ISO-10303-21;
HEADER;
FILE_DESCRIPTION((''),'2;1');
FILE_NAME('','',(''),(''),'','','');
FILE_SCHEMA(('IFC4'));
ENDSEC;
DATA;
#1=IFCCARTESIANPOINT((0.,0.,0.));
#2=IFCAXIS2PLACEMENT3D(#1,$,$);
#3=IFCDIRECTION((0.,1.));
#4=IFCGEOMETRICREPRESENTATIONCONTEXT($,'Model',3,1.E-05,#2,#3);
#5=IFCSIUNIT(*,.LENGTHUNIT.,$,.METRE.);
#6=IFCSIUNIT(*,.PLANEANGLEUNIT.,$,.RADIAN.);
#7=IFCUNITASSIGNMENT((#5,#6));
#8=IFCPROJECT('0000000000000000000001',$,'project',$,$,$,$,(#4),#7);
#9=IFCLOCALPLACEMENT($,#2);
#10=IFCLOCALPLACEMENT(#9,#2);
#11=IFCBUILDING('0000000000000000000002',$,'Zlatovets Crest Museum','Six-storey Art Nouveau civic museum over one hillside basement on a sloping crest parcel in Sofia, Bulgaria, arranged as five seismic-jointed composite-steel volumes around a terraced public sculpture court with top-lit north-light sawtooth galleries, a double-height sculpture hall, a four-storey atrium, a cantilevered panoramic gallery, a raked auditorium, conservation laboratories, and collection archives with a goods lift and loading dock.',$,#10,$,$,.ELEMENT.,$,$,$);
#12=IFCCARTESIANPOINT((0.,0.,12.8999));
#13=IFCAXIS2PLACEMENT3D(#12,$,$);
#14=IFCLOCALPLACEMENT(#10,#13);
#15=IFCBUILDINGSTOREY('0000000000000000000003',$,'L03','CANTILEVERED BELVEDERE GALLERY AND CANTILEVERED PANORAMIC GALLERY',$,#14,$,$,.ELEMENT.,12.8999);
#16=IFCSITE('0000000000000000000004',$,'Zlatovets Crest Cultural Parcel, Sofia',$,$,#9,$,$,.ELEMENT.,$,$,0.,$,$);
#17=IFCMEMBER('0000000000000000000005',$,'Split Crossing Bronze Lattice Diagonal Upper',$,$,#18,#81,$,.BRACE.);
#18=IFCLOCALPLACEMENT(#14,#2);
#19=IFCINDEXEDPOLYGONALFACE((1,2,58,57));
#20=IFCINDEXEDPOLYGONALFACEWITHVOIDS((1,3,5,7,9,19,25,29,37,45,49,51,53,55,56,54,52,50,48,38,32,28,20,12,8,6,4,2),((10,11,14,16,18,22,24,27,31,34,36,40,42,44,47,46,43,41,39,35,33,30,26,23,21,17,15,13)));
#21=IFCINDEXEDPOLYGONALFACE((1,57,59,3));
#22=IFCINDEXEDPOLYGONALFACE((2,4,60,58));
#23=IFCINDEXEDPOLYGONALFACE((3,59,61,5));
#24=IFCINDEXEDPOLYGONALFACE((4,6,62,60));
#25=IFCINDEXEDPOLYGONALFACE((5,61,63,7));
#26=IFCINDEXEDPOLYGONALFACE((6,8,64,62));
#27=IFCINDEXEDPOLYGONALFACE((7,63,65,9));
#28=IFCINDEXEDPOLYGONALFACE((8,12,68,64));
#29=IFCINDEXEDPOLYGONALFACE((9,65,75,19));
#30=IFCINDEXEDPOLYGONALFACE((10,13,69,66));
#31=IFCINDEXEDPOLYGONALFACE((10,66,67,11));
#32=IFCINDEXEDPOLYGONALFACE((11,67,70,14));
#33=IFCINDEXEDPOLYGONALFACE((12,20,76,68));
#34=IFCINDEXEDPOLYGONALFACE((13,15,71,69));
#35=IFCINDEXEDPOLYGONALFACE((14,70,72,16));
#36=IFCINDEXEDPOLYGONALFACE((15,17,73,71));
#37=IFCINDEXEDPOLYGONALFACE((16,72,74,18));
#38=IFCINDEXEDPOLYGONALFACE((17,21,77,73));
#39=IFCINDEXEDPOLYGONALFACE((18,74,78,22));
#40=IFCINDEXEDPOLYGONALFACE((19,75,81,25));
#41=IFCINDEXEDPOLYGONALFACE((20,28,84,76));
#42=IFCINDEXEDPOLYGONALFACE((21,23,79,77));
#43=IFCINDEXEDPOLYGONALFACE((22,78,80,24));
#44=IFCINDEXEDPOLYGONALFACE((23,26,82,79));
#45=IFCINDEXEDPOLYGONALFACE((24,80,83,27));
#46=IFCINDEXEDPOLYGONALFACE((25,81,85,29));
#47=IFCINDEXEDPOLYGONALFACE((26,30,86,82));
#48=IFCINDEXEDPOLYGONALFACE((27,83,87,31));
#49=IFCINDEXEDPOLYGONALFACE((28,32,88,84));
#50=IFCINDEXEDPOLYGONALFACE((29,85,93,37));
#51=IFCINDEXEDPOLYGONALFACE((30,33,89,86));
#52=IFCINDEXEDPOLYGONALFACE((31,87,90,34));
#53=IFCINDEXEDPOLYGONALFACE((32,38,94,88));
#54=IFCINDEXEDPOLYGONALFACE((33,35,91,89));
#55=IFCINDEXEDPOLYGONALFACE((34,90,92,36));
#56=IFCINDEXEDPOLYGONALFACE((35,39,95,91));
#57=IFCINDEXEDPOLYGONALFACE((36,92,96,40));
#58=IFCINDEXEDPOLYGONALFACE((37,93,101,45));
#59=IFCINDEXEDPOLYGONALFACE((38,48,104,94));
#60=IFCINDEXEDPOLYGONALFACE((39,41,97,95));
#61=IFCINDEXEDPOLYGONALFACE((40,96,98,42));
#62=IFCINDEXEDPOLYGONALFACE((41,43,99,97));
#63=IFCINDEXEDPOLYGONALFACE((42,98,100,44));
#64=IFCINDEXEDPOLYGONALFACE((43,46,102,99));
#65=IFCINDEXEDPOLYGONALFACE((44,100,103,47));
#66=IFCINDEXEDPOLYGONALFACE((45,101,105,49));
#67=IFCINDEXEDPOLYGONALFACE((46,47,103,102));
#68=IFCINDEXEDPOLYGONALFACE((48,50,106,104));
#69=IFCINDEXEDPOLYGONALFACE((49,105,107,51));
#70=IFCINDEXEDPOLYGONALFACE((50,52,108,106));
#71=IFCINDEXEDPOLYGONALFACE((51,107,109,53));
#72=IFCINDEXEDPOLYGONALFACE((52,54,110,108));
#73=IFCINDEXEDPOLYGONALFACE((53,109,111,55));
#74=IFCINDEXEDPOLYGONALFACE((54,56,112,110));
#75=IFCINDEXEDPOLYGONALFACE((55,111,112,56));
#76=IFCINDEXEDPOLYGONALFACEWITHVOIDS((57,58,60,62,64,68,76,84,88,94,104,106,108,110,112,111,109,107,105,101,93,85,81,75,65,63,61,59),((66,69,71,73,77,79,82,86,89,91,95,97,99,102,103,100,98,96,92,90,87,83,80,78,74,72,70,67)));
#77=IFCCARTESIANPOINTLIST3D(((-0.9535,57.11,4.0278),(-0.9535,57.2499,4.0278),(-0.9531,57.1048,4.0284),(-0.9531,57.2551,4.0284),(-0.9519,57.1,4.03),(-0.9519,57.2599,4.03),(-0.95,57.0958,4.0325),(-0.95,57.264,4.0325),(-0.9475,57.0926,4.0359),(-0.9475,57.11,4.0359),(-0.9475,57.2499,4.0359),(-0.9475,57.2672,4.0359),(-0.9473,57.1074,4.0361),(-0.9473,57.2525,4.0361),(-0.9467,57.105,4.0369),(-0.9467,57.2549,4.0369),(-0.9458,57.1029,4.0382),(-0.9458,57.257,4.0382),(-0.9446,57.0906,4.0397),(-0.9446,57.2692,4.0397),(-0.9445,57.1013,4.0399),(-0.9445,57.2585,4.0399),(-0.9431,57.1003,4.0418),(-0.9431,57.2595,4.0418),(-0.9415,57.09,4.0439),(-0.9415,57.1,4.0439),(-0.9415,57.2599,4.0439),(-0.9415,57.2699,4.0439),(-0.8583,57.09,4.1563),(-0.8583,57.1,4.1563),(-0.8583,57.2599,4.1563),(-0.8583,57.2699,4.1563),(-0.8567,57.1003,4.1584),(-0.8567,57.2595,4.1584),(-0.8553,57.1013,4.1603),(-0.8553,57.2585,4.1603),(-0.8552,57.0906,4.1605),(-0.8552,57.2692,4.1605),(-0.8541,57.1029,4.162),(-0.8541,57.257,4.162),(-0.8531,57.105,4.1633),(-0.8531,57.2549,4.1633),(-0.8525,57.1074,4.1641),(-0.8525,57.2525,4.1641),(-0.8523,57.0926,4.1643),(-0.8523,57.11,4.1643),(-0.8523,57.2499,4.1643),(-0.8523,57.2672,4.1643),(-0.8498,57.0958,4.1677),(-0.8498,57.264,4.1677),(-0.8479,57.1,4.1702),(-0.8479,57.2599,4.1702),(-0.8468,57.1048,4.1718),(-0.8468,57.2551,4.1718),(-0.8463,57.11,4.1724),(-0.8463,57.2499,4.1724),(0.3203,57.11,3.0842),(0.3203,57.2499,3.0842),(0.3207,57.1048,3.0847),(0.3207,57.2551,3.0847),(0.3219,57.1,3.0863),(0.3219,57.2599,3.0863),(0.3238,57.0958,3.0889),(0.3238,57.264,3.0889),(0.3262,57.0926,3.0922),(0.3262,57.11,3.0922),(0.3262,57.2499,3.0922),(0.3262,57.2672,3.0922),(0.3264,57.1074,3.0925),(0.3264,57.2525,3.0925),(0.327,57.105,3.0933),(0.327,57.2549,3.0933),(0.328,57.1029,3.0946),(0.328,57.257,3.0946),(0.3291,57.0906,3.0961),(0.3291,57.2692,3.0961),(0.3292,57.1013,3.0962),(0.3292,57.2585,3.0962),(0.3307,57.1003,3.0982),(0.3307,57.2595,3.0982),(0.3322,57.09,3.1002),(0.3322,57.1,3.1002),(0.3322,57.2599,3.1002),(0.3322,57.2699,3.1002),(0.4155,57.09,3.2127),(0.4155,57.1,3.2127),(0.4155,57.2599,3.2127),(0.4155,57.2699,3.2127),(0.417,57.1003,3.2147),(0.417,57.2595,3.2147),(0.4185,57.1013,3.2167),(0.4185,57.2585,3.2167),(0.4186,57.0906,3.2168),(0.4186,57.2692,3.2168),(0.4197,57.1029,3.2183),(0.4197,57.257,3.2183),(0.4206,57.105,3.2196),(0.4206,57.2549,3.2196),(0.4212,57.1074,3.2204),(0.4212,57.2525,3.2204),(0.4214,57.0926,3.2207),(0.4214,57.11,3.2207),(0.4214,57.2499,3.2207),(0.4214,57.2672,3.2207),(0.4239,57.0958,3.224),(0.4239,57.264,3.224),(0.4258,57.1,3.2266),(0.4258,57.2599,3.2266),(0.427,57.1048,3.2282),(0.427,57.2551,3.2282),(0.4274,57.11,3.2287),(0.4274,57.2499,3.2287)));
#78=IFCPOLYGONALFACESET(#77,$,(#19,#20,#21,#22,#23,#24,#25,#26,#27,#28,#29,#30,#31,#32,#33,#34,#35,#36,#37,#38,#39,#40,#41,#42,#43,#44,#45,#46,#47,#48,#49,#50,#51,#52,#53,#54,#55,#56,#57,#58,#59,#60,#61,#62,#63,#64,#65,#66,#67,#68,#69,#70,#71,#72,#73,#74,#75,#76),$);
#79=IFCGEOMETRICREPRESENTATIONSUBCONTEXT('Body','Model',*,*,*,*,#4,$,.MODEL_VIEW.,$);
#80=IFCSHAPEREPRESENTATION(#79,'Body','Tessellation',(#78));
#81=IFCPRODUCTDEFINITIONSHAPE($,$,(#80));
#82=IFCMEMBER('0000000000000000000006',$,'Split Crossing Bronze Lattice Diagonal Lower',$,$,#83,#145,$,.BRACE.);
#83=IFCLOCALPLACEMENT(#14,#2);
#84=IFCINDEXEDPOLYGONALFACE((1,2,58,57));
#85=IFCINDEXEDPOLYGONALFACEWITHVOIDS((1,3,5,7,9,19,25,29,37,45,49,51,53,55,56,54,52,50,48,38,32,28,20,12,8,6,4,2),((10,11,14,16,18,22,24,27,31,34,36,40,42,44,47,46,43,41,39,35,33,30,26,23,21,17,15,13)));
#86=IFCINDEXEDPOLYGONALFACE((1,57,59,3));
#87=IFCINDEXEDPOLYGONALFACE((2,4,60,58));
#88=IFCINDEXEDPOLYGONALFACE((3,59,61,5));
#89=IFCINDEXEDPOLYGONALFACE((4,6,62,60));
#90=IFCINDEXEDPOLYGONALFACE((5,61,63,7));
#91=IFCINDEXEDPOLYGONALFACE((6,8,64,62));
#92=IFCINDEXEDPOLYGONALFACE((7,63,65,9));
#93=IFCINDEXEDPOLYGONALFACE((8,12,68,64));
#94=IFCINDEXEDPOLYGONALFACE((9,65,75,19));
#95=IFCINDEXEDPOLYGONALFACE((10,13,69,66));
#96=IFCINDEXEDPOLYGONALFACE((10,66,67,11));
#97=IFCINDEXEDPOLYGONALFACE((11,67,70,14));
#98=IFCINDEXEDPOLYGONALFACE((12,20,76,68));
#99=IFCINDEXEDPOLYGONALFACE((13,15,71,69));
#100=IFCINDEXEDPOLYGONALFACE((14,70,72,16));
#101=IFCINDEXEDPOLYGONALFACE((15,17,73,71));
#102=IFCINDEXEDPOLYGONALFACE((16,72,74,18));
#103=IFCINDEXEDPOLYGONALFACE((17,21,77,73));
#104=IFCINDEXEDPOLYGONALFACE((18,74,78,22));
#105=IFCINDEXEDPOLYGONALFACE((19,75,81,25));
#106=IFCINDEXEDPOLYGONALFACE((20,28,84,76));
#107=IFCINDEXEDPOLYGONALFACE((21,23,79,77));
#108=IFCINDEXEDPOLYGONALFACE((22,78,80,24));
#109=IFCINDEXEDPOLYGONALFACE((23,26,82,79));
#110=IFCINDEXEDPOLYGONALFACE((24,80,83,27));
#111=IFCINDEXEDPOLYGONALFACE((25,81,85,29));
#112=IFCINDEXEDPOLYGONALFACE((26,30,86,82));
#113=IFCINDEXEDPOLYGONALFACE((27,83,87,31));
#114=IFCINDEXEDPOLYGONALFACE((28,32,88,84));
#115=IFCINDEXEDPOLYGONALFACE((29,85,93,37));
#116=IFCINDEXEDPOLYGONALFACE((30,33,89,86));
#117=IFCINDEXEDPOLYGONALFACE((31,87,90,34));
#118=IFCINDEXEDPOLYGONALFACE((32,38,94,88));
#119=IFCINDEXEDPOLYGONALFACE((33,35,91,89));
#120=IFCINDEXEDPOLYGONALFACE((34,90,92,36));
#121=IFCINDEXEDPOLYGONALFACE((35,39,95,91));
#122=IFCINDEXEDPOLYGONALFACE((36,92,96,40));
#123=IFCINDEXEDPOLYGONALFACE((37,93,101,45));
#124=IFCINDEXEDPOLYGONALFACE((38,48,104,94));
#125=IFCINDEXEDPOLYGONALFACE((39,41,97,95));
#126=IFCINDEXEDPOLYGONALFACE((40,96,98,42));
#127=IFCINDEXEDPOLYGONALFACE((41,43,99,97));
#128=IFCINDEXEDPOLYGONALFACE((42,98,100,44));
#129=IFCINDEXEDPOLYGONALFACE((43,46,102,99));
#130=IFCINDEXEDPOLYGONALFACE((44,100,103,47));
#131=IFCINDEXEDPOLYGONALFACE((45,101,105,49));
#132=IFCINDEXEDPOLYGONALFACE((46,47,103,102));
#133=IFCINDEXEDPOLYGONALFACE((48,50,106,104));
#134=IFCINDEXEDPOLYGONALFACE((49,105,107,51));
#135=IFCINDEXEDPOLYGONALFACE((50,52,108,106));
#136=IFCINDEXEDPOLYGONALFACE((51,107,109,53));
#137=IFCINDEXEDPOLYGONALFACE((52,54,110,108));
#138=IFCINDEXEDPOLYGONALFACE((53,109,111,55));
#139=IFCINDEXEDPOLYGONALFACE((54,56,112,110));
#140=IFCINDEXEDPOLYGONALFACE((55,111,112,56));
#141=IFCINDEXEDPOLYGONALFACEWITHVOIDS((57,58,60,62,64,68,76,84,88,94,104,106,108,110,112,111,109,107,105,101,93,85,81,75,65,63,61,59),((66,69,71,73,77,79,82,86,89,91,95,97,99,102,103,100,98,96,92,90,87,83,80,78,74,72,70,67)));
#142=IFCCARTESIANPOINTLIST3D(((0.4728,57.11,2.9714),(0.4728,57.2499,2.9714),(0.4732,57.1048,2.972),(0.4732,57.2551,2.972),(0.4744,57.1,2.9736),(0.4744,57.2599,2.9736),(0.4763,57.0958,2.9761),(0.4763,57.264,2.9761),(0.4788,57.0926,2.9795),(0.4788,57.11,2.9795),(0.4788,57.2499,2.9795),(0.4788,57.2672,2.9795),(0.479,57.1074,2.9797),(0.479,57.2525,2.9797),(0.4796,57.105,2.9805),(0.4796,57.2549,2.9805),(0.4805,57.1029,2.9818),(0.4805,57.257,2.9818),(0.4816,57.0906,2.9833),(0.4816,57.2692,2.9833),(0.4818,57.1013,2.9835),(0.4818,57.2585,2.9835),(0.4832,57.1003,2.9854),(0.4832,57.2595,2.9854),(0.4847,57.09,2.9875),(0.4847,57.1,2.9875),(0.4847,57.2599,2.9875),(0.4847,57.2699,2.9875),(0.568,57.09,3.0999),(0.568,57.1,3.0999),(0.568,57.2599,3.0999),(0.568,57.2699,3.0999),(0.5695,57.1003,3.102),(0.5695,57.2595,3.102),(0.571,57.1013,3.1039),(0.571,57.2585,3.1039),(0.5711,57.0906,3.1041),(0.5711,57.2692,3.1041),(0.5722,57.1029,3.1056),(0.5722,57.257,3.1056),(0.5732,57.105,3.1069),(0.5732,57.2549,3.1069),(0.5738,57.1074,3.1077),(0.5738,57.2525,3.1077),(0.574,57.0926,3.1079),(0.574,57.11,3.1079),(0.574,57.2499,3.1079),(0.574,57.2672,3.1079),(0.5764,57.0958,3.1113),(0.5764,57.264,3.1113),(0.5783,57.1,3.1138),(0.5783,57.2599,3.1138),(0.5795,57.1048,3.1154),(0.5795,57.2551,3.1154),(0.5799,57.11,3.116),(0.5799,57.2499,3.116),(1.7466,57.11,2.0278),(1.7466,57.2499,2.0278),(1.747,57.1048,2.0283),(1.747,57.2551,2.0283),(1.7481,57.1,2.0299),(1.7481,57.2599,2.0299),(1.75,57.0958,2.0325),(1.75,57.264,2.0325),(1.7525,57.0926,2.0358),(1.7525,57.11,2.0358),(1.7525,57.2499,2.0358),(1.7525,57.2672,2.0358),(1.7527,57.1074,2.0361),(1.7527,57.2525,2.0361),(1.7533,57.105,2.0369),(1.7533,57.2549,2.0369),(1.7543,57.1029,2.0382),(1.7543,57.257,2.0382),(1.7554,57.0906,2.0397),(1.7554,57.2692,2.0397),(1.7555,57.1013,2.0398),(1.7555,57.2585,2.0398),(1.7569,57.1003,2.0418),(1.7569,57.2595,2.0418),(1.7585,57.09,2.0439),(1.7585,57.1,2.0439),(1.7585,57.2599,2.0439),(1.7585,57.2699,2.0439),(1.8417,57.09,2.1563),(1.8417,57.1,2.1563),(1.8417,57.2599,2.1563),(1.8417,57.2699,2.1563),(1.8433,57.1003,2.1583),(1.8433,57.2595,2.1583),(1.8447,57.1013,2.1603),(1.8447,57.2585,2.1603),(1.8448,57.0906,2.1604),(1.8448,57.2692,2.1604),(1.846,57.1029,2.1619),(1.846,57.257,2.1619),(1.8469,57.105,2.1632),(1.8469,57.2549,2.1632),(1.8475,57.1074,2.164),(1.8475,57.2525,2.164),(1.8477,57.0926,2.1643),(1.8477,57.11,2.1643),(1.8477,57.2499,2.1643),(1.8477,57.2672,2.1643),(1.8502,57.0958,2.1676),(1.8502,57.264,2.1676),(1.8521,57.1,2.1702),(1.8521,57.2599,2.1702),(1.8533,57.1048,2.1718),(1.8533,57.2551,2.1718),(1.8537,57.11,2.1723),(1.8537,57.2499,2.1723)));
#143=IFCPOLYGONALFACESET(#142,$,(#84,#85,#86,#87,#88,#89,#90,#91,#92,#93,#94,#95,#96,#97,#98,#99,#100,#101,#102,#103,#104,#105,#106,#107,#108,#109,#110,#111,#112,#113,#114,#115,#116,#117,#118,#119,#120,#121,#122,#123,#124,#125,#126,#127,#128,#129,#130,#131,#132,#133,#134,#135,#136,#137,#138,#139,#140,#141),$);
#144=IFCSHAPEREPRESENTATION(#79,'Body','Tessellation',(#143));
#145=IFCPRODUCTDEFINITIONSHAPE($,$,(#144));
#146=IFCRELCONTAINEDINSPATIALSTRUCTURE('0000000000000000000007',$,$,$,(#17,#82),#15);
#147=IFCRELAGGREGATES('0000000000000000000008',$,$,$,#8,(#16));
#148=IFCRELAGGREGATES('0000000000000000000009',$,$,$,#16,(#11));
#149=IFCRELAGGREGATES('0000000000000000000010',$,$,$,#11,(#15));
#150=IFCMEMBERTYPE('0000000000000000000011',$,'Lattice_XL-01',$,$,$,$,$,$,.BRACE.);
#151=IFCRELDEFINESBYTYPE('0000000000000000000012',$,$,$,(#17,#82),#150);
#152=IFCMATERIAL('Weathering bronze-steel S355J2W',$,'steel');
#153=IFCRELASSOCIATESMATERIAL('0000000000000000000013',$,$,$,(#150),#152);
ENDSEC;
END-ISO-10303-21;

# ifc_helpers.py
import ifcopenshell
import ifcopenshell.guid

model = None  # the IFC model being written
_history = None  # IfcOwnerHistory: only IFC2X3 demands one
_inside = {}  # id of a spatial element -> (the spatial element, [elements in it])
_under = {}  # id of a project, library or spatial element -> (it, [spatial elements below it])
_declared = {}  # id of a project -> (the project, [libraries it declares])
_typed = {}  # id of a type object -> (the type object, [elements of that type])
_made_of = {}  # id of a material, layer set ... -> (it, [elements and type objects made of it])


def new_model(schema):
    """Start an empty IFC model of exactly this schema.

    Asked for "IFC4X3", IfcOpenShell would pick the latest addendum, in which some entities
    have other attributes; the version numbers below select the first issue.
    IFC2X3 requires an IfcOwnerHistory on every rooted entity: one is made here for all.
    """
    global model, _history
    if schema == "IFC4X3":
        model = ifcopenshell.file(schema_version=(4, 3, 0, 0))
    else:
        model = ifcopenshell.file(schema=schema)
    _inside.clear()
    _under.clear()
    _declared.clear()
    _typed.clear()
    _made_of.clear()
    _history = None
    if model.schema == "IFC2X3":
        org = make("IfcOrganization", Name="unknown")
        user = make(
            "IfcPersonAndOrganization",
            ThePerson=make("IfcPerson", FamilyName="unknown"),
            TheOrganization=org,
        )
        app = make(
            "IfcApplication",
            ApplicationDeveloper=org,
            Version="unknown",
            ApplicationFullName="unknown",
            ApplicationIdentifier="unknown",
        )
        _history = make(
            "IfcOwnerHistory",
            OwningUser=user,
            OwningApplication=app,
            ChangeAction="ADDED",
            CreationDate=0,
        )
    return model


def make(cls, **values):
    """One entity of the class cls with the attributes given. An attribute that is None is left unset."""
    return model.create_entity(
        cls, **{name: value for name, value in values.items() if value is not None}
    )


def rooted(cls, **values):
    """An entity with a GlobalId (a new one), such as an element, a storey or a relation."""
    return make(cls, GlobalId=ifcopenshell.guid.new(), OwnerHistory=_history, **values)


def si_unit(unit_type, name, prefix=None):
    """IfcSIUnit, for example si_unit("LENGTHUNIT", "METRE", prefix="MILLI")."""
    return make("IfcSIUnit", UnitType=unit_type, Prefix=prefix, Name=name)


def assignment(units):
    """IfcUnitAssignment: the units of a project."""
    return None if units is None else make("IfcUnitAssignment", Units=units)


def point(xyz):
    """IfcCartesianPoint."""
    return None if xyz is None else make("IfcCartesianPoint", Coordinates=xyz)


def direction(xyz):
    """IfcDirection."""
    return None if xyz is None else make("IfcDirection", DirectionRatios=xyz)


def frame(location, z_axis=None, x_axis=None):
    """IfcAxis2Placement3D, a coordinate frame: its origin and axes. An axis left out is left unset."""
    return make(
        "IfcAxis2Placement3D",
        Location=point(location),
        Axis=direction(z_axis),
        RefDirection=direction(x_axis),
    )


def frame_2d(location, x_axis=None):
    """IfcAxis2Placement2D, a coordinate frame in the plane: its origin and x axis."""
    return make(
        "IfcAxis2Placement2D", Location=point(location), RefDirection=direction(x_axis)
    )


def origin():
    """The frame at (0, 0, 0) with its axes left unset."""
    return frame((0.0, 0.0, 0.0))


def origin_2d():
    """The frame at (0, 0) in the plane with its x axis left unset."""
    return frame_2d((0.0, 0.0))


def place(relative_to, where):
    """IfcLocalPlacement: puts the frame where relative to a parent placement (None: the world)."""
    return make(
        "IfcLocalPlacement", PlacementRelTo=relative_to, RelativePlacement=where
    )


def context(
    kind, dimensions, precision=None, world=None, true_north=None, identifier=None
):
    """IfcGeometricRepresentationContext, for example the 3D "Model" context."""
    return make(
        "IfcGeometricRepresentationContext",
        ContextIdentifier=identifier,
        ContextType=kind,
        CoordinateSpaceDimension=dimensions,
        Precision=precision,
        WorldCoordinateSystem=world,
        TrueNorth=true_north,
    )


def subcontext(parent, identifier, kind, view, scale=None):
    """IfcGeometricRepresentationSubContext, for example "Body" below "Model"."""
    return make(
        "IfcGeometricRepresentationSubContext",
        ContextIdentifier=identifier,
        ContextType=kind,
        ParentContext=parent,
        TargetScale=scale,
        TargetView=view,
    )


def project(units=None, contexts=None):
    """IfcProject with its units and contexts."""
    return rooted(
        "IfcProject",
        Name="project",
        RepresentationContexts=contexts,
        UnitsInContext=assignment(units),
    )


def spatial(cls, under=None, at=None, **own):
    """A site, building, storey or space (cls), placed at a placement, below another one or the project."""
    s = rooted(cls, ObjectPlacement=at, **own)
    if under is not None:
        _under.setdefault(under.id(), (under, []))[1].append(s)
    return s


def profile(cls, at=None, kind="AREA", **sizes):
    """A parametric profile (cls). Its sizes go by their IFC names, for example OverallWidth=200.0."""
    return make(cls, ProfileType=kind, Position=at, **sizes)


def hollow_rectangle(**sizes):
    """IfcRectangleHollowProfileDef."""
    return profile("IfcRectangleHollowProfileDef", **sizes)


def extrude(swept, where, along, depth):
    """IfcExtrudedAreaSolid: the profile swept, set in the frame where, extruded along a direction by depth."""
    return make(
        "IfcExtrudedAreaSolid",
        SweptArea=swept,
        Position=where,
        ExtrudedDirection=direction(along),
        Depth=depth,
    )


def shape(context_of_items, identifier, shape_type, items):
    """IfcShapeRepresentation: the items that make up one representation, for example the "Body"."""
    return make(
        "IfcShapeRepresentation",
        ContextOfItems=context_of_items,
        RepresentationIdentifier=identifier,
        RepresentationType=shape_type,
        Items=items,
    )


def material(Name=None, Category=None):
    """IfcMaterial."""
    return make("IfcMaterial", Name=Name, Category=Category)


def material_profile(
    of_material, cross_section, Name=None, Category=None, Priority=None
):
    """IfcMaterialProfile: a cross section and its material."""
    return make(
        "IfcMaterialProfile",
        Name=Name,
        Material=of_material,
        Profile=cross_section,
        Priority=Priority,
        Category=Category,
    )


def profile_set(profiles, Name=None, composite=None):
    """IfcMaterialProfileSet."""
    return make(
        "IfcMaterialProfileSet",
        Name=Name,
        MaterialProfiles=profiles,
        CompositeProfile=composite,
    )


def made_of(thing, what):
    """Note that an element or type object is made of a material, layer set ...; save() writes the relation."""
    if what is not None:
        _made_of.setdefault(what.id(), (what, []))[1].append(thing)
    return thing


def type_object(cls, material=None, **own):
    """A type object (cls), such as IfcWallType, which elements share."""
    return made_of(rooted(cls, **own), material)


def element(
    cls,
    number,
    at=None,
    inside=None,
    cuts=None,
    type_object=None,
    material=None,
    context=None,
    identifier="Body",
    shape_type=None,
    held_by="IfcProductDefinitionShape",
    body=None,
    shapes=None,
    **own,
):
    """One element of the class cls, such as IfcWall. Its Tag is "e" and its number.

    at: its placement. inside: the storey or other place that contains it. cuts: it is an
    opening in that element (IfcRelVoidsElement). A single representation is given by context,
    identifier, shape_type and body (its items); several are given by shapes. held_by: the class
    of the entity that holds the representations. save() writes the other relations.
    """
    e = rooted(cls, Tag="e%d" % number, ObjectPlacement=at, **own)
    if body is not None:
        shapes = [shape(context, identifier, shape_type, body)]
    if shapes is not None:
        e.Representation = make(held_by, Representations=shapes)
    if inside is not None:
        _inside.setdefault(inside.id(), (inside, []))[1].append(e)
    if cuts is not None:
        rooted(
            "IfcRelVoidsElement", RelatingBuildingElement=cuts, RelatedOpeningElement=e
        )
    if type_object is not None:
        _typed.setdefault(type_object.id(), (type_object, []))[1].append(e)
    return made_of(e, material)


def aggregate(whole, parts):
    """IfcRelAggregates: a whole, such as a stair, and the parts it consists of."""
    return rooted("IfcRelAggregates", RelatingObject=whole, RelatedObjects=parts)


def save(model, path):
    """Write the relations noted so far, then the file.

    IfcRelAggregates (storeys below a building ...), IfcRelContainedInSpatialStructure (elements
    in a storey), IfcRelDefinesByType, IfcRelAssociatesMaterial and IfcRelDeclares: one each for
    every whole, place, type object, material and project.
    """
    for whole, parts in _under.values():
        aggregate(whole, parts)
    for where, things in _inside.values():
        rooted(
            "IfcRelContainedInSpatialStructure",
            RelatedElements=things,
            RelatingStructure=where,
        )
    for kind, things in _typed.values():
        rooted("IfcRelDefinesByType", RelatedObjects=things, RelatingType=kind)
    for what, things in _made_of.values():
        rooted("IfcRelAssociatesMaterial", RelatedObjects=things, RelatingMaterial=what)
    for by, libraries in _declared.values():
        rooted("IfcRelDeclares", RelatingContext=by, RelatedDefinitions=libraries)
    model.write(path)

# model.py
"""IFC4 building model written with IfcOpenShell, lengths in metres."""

from ifc_helpers import new_model, si_unit, direction, frame, origin, origin_2d, place, context, subcontext, project, spatial, hollow_rectangle, extrude, material, material_profile, profile_set, type_object, element, save


model = new_model("IFC4")

# Units and contexts
model_context = context("Model", 3, precision=1e-05, world=origin(), true_north=direction((0.0, 1.0)))
body_context = subcontext(model_context, "Body", "Model", "MODEL_VIEW")
ifc_project = project(units=[si_unit("LENGTHUNIT", "METRE"), si_unit("PLANEANGLEUNIT", "RADIAN")], contexts=[model_context])

# Site, building, storey
site_placement = place(None, origin())
site = spatial("IfcSite", under=ifc_project, at=site_placement, Name="Zlatovets Crest Cultural Parcel, Sofia", CompositionType="ELEMENT", RefElevation=0.0)
building_placement = place(site_placement, origin())
building = spatial("IfcBuilding", under=site, at=building_placement, Name="Zlatovets Crest Museum", Description="Six-storey Art Nouveau civic museum over one hillside basement on a sloping crest parcel in Sofia, Bulgaria, arranged as five seismic-jointed composite-steel volumes around a terraced public sculpture court with top-lit north-light sawtooth galleries, a double-height sculpture hall, a four-storey atrium, a cantilevered panoramic gallery, a raked auditorium, conservation laboratories, and collection archives with a goods lift and loading dock.", CompositionType="ELEMENT")
storey_placement = place(building_placement, frame((0.0, 0.0, 12.8999)))
storey = spatial("IfcBuildingStorey", under=building, at=storey_placement, Name="L03", Description="CANTILEVERED BELVEDERE GALLERY AND CANTILEVERED PANORAMIC GALLERY", CompositionType="ELEMENT", Elevation=12.8999)

# Members
ifc_material_1 = material(Name="Weathering bronze-steel S355J2W", Category="steel")
ifc_material_profile_1 = material_profile(ifc_material_1, hollow_rectangle(XDim=0.1799, YDim=0.1799, WallThickness=0.01, InnerFilletRadius=0.01, OuterFilletRadius=0.02, at=origin_2d()), Name="SHS 180x180x10.0")
ifc_profile_set_1 = profile_set([ifc_material_profile_1], Name="Weathering bronze-steel S355J2W")
member_type_1 = type_object("IfcMemberType", Name="Lattice_XL-01", PredefinedType="BRACE", material=ifc_profile_set_1)
for number, where, z_axis, x_axis, name in (
    (1, (-0.8999, 57.1799, 4.1001), (0.803516, 0.0, -0.595283), (0.0, 1.0, 0.0), "Split Crossing Bronze Lattice Diagonal Upper"),
    (2, (0.5264, 57.1799, 3.0437), (0.803516, 0.0, -0.595283), (0.0, 1.0, 0.0), "Split Crossing Bronze Lattice Diagonal Lower"),
):
    element("IfcMember", number, at=place(storey_placement, frame(where, z_axis=z_axis, x_axis=x_axis)), inside=storey, type_object=member_type_1, Name=name, PredefinedType="BRACE", context=body_context, shape_type="SweptSolid", body=[
        extrude(hollow_rectangle(XDim=0.1799, YDim=0.1799, WallThickness=0.01, InnerFilletRadius=0.01, OuterFilletRadius=0.02, at=origin_2d()), origin(), (0.0, 0.0, 1.0), 1.5852),
    ])

save(model, "model.ifc")
